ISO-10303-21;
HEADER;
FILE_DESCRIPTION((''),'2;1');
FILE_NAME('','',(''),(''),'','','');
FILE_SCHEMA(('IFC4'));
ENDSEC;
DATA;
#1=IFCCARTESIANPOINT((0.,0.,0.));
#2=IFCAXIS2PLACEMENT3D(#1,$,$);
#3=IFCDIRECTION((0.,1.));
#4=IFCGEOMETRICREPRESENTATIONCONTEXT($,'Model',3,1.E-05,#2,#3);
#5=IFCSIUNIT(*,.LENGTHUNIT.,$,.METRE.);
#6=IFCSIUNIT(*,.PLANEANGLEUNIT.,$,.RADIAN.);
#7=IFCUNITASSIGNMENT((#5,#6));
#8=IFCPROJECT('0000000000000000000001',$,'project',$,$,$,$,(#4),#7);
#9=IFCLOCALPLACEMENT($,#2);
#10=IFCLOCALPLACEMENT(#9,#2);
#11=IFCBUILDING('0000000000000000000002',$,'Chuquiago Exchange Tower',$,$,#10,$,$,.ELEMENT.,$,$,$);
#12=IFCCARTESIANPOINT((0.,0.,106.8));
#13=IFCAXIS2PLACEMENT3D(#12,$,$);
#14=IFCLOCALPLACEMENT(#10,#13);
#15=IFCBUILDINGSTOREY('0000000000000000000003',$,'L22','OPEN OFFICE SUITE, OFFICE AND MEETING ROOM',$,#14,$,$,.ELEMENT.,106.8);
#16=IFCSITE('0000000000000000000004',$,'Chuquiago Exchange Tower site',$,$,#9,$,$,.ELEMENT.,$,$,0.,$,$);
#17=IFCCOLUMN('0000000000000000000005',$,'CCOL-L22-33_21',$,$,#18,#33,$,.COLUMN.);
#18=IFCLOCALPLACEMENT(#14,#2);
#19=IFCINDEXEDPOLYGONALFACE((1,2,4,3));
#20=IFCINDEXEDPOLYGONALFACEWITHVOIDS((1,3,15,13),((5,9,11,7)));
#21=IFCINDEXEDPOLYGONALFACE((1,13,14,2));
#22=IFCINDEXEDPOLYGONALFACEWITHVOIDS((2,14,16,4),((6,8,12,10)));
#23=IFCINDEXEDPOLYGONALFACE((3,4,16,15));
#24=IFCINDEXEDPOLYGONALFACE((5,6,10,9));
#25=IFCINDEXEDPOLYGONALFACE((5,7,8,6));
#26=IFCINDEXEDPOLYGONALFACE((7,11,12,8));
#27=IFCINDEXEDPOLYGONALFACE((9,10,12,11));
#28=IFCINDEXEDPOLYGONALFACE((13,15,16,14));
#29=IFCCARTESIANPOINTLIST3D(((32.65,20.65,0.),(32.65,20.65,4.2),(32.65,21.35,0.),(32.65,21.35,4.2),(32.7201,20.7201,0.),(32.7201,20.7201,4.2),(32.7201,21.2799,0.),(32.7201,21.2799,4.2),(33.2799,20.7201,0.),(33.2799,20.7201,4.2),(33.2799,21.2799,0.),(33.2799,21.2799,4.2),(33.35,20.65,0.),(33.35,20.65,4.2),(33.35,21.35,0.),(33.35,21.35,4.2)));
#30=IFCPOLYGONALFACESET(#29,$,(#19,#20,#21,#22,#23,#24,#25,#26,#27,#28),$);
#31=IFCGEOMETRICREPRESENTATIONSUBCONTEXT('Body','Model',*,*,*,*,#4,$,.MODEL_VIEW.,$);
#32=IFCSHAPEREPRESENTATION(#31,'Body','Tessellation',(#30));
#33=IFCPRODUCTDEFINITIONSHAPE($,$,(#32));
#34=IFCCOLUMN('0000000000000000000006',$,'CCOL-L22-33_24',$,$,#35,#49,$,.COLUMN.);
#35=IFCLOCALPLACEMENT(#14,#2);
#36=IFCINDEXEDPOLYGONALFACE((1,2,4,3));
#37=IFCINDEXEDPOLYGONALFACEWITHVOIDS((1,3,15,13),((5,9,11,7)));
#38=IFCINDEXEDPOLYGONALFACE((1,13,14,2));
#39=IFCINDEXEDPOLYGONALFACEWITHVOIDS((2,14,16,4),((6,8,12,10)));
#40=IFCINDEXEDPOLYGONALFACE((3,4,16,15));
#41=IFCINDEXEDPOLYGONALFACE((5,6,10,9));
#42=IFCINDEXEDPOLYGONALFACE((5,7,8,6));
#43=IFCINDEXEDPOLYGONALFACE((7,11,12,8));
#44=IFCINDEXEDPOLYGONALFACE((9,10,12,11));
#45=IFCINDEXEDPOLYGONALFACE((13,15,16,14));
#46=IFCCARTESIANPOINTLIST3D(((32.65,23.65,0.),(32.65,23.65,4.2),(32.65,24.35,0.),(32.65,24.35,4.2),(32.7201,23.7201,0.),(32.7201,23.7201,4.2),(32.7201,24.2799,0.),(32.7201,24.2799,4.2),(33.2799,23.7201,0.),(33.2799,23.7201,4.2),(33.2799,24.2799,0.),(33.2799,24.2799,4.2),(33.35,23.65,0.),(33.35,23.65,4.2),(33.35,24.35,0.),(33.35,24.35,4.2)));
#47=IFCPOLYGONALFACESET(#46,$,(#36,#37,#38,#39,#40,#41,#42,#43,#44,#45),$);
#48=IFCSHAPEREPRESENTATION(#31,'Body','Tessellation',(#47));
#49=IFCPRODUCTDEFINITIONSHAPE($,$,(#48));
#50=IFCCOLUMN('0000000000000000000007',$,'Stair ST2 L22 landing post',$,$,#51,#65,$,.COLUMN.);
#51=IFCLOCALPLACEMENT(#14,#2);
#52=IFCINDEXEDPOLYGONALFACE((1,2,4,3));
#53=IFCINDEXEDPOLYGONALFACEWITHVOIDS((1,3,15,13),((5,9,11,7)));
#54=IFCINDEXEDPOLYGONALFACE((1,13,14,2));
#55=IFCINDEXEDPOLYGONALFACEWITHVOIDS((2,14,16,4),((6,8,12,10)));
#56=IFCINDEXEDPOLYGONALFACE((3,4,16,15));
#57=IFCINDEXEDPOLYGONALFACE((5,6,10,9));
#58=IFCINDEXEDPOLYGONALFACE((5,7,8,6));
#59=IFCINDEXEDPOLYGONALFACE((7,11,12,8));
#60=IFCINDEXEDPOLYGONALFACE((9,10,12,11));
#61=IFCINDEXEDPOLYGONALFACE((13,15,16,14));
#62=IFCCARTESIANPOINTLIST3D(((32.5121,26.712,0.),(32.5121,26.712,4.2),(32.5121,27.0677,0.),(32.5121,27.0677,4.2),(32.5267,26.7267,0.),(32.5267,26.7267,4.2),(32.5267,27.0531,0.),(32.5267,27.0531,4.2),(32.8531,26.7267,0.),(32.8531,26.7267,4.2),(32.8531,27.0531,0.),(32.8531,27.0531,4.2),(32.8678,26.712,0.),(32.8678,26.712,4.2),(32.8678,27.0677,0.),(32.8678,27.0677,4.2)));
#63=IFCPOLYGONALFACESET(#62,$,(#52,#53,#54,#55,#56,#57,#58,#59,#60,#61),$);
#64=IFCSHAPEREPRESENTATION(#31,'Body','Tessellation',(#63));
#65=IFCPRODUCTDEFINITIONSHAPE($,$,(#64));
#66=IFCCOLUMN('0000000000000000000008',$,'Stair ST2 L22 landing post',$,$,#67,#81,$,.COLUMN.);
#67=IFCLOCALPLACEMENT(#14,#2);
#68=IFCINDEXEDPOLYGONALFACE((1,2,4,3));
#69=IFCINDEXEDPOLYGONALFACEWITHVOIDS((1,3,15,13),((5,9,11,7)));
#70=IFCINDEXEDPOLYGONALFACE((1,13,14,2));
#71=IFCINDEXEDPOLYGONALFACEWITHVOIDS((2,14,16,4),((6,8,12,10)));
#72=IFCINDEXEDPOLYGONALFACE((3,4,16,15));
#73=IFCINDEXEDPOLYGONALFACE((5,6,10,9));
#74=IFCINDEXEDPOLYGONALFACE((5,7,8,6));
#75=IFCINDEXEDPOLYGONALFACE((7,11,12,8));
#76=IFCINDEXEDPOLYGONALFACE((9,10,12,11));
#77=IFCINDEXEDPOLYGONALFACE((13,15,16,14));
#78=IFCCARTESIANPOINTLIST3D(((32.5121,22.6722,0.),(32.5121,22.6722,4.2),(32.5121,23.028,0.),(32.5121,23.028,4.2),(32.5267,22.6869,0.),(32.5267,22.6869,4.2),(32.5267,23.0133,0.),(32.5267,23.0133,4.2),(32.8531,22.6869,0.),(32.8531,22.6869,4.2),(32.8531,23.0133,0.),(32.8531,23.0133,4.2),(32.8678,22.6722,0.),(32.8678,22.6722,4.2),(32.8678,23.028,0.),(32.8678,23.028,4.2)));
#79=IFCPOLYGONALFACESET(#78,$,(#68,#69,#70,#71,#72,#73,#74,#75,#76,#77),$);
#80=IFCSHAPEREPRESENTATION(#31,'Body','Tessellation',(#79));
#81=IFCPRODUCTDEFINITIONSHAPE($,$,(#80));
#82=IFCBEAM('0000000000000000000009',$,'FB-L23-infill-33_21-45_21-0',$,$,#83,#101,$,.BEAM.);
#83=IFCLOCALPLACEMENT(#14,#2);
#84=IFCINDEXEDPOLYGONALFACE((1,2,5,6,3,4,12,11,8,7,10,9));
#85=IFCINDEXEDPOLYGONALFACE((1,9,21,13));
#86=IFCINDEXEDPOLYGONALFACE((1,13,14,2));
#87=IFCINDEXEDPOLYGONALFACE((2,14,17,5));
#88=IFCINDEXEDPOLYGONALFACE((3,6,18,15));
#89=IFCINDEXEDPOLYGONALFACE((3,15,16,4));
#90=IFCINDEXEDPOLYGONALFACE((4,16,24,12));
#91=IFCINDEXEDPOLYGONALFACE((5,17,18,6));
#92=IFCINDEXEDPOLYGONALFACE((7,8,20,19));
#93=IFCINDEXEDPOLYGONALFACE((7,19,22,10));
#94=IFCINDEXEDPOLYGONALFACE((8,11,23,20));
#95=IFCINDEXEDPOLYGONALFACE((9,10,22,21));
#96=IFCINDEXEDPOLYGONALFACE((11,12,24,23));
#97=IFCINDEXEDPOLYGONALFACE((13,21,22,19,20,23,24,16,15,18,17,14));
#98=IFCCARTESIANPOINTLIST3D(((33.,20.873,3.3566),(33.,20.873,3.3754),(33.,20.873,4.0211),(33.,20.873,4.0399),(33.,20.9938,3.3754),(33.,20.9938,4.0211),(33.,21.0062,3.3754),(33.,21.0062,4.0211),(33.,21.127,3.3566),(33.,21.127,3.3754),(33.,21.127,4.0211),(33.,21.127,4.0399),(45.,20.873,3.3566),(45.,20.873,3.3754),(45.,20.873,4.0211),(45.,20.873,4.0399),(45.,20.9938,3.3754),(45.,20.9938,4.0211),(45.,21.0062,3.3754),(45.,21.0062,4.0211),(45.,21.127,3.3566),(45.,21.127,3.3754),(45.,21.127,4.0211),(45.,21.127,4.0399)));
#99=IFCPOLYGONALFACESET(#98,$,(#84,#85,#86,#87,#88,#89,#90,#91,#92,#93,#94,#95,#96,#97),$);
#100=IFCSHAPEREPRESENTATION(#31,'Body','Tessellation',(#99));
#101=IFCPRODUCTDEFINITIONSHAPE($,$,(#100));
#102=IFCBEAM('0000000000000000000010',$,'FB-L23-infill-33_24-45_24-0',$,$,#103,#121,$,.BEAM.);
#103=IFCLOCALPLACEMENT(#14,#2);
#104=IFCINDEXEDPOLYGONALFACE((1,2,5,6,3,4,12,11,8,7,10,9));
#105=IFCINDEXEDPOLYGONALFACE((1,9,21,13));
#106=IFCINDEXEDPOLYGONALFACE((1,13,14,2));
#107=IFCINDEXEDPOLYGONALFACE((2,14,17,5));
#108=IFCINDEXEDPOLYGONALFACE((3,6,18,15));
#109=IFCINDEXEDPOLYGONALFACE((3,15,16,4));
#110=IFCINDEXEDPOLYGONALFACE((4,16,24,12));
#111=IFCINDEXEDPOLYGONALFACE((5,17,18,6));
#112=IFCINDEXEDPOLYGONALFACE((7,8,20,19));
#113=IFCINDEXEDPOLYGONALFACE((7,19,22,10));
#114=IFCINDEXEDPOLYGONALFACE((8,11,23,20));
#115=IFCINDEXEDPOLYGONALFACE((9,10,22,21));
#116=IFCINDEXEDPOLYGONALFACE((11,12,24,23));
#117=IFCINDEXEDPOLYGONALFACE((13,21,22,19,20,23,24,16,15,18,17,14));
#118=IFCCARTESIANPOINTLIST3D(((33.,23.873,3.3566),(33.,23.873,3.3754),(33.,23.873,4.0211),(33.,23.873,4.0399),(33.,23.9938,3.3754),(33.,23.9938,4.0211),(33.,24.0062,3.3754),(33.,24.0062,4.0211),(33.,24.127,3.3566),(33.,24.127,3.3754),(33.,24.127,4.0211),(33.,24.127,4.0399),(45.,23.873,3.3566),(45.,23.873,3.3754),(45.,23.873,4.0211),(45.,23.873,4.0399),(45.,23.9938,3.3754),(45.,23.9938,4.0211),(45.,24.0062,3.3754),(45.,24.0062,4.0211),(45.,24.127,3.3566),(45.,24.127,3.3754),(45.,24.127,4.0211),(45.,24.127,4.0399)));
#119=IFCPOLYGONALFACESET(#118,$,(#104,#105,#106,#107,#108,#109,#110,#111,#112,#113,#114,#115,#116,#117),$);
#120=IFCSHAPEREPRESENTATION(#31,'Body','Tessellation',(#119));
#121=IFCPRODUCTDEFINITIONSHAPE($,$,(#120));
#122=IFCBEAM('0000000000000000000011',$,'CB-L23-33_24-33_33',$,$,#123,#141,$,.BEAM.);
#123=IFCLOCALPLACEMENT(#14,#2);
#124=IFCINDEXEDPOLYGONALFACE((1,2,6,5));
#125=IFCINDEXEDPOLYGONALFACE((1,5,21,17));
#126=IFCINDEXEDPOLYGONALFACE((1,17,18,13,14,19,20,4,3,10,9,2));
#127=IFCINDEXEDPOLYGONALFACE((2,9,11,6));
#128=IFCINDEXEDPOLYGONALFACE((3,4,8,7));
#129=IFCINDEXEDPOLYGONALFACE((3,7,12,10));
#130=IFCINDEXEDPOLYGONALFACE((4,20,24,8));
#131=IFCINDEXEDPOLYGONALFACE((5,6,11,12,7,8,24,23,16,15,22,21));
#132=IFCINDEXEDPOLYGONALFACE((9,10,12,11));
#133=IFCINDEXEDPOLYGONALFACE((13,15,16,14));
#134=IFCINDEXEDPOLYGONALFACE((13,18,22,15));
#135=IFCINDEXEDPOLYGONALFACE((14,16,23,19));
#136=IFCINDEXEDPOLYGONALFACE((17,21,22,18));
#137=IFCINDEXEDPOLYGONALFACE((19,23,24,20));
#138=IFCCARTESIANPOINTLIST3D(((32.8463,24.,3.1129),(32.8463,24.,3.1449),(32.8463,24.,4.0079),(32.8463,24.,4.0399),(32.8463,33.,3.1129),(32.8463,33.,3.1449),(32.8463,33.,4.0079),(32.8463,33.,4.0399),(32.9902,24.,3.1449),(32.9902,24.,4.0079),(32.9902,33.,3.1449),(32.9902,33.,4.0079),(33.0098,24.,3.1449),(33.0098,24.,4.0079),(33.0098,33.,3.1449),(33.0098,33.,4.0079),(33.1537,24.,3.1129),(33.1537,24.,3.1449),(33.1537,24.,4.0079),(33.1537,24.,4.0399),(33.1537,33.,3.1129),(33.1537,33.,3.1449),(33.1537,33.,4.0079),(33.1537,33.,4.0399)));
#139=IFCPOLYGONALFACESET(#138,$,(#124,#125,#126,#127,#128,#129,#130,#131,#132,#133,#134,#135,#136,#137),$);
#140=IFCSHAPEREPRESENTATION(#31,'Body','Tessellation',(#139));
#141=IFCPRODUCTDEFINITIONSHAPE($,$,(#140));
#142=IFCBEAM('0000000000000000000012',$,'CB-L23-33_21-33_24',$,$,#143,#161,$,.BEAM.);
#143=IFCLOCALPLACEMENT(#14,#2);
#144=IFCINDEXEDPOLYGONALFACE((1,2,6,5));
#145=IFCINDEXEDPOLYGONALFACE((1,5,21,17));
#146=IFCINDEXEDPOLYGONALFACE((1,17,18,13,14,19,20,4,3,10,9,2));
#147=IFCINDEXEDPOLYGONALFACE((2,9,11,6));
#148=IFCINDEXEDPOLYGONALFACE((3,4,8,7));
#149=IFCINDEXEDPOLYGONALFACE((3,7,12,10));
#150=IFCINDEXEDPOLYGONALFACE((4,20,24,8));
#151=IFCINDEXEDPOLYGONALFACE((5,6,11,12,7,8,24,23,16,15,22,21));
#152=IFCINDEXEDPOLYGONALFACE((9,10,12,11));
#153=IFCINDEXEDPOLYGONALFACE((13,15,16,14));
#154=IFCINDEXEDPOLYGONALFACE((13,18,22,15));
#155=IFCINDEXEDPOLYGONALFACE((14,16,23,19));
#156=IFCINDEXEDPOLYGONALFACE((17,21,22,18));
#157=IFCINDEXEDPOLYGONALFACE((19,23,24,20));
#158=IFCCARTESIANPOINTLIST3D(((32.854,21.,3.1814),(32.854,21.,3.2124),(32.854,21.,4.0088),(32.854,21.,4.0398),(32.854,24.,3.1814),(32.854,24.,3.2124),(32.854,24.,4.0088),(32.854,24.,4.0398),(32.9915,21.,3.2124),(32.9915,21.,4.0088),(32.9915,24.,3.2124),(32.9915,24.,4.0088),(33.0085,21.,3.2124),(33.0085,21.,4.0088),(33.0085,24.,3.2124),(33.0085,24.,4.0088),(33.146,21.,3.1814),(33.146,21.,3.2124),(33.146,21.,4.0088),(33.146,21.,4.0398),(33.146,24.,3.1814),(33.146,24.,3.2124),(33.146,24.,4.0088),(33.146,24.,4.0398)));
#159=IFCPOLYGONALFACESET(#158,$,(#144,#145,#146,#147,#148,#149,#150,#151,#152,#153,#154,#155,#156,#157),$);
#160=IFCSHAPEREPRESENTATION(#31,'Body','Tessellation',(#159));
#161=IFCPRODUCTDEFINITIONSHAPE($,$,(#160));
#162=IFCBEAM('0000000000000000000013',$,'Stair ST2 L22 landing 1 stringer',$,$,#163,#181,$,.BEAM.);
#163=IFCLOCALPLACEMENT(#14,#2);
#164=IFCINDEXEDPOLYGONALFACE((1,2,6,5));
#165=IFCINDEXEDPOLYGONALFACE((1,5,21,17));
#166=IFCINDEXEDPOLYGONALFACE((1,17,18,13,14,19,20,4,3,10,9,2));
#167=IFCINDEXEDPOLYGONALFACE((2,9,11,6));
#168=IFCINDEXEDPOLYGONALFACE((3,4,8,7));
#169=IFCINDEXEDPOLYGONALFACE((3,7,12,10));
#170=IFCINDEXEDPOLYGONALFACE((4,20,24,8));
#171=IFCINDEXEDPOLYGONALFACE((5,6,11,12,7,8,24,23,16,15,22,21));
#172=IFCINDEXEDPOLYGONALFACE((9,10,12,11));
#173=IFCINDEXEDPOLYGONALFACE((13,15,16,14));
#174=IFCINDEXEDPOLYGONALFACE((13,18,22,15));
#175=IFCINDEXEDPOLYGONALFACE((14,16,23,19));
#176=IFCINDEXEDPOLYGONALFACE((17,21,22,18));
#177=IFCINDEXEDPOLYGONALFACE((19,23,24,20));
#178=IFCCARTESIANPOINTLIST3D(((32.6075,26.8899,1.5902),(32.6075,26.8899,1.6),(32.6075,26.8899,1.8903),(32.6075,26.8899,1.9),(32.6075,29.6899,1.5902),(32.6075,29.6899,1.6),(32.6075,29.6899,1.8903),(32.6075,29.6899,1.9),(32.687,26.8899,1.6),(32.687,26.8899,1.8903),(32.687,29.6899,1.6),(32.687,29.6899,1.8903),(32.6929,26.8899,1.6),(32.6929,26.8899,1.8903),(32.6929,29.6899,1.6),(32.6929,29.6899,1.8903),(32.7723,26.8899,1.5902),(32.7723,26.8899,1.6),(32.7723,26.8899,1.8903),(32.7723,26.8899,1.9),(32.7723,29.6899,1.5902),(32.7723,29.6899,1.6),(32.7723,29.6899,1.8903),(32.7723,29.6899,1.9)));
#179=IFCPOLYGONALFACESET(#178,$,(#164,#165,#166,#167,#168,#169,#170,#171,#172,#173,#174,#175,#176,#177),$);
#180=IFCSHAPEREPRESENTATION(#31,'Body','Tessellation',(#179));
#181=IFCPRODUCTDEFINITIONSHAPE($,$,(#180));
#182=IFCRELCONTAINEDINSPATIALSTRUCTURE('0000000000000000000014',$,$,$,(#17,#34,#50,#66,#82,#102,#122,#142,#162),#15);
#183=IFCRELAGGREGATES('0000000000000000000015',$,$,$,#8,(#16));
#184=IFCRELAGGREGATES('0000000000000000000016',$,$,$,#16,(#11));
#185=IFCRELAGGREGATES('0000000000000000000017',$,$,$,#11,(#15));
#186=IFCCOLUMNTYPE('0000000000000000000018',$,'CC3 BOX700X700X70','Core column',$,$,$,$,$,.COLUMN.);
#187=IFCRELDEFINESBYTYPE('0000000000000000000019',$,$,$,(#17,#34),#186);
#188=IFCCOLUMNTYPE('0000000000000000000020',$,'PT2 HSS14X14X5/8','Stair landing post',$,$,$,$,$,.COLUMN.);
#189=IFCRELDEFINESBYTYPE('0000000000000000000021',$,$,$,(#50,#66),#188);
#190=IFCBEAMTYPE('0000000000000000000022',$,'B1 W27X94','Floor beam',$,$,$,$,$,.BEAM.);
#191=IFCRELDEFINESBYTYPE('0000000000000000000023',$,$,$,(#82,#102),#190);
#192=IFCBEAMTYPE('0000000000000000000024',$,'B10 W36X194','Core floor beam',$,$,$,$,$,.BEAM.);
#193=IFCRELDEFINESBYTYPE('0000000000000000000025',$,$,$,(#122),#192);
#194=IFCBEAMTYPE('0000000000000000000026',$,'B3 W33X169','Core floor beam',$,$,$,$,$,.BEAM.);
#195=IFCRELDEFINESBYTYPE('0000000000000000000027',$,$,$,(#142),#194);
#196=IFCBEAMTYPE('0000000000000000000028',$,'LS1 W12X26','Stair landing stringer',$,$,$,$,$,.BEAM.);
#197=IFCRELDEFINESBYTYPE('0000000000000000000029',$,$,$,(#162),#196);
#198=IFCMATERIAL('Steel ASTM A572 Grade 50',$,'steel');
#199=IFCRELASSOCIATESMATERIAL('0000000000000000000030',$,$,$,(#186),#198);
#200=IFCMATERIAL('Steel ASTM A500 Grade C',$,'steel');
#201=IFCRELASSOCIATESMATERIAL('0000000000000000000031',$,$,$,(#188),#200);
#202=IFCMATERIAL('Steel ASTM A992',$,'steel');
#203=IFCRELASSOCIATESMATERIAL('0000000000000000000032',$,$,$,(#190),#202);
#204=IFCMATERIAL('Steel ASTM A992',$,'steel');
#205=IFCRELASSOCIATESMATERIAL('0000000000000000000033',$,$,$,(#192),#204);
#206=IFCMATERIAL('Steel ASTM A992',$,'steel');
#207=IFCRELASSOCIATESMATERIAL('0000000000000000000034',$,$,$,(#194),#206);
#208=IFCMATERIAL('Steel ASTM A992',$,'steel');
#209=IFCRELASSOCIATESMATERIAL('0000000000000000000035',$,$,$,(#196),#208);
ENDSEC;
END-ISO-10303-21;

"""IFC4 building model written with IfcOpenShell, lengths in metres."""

from ifc_helpers import new_model, si_unit, direction, frame, origin, origin_2d, place, context, subcontext, project, spatial, hollow_rectangle, i_section, extrude, material, material_profile, profile_set, type_object, element, save


model = new_model("IFC4")

# Units and contexts
model_context = context("Model", 3, precision=1e-05, world=origin(), true_north=direction((0.0, 1.0)))
body_context = subcontext(model_context, "Body", "Model", "MODEL_VIEW")
ifc_project = project(units=[si_unit("LENGTHUNIT", "METRE"), si_unit("PLANEANGLEUNIT", "RADIAN")], contexts=[model_context])

# Site, building, storey
site_placement = place(None, origin())
site = spatial("IfcSite", under=ifc_project, at=site_placement, Name="Chuquiago Exchange Tower site", CompositionType="ELEMENT", RefElevation=0.0)
building_placement = place(site_placement, origin())
building = spatial("IfcBuilding", under=site, at=building_placement, Name="Chuquiago Exchange Tower", CompositionType="ELEMENT")
storey_placement = place(building_placement, frame((0.0, 0.0, 106.8)))
storey = spatial("IfcBuildingStorey", under=building, at=storey_placement, Name="L22", Description="OPEN OFFICE SUITE, OFFICE AND MEETING ROOM", CompositionType="ELEMENT", Elevation=106.8)

# Columns
ifc_material_1 = material(Name="Steel ASTM A572 Grade 50", Category="steel")
ifc_material_profile_1 = material_profile(ifc_material_1, hollow_rectangle(XDim=0.7, YDim=0.7, WallThickness=0.0701, at=origin_2d()), Name="BOX700X700X70")
ifc_profile_set_1 = profile_set([ifc_material_profile_1], Name="Steel ASTM A572 Grade 50")
column_type_1 = type_object("IfcColumnType", Name="CC3 BOX700X700X70", Description="Core column", PredefinedType="COLUMN", material=ifc_profile_set_1)
for number, where, z_axis, x_axis, name in (
    (1, (33.0, 21.0, 0.0), (0.0, 0.0, 1.0), (1.0, 0.0, 0.0), "CCOL-L22-33_21"),
    (2, (33.0, 24.0, 0.0), (0.0, 0.0, 1.0), (1.0, 0.0, 0.0), "CCOL-L22-33_24"),
):
    element("IfcColumn", number, at=place(storey_placement, frame(where, z_axis=z_axis, x_axis=x_axis)), inside=storey, type_object=column_type_1, Name=name, PredefinedType="COLUMN", context=body_context, shape_type="SweptSolid", body=[
        extrude(hollow_rectangle(XDim=0.7, YDim=0.7, WallThickness=0.0701, at=origin_2d()), origin(), (0.0, 0.0, 1.0), 4.2),
    ])
ifc_material_2 = material(Name="Steel ASTM A500 Grade C", Category="steel")
ifc_material_profile_2 = material_profile(ifc_material_2, hollow_rectangle(XDim=0.3557, YDim=0.3557, WallThickness=0.0146, at=origin_2d()), Name="HSS14X14X5/8")
ifc_profile_set_2 = profile_set([ifc_material_profile_2], Name="Steel ASTM A500 Grade C")
column_type_2 = type_object("IfcColumnType", Name="PT2 HSS14X14X5/8", Description="Stair landing post", PredefinedType="COLUMN", material=ifc_profile_set_2)
for number, where, z_axis, x_axis, name in (
    (3, (32.6899, 26.8899, 0.0), (0.0, 0.0, 1.0), (1.0, 0.0, 0.0), "Stair ST2 L22 landing post"),
    (4, (32.6899, 22.8501, 0.0), (0.0, 0.0, 1.0), (1.0, 0.0, 0.0), "Stair ST2 L22 landing post"),
):
    element("IfcColumn", number, at=place(storey_placement, frame(where, z_axis=z_axis, x_axis=x_axis)), inside=storey, type_object=column_type_2, Name=name, PredefinedType="COLUMN", context=body_context, shape_type="SweptSolid", body=[
        extrude(hollow_rectangle(XDim=0.3557, YDim=0.3557, WallThickness=0.0146, at=origin_2d()), origin(), (0.0, 0.0, 1.0), 4.2),
    ])

# Beams
ifc_material_3 = material(Name="Steel ASTM A992", Category="steel")
ifc_material_profile_3 = material_profile(ifc_material_3, i_section(OverallWidth=0.2539, OverallDepth=0.6833, WebThickness=0.0125, FlangeThickness=0.0188, at=origin_2d()), Name="W27X94")
ifc_profile_set_3 = profile_set([ifc_material_profile_3], Name="Steel ASTM A992")
beam_type_1 = type_object("IfcBeamType", Name="B1 W27X94", Description="Floor beam", PredefinedType="BEAM", material=ifc_profile_set_3)
for number, where, z_axis, x_axis, name in (
    (5, (33.0, 21.0, 3.6982), (1.0, 0.0, 0.0), (0.0, 1.0, 0.0), "FB-L23-infill-33_21-45_21-0"),
    (6, (33.0, 24.0, 3.6982), (1.0, 0.0, 0.0), (0.0, 1.0, 0.0), "FB-L23-infill-33_24-45_24-0"),
):
    element("IfcBeam", number, at=place(storey_placement, frame(where, z_axis=z_axis, x_axis=x_axis)), inside=storey, type_object=beam_type_1, Name=name, PredefinedType="BEAM", context=body_context, shape_type="SweptSolid", body=[
        extrude(i_section(OverallWidth=0.2539, OverallDepth=0.6833, WebThickness=0.0125, FlangeThickness=0.0188, at=origin_2d()), origin(), (0.0, 0.0, 1.0), 12.0),
    ])
ifc_material_4 = material(Name="Steel ASTM A992", Category="steel")
ifc_material_profile_4 = material_profile(ifc_material_4, i_section(OverallWidth=0.3074, OverallDepth=0.927, WebThickness=0.0195, FlangeThickness=0.032, at=origin_2d()), Name="W36X194")
ifc_profile_set_4 = profile_set([ifc_material_profile_4], Name="Steel ASTM A992")
beam_type_2 = type_object("IfcBeamType", Name="B10 W36X194", Description="Core floor beam", PredefinedType="BEAM", material=ifc_profile_set_4)
beam_1_placement = place(storey_placement, frame((33.0, 24.0, 3.5764), z_axis=(0.0, 1.0, 0.0), x_axis=(-1.0, 0.0, 0.0)))
element("IfcBeam", 7, at=beam_1_placement, inside=storey, type_object=beam_type_2, Name="CB-L23-33_24-33_33", PredefinedType="BEAM", context=body_context, shape_type="SweptSolid", body=[
    extrude(i_section(OverallWidth=0.3074, OverallDepth=0.927, WebThickness=0.0195, FlangeThickness=0.032, at=origin_2d()), origin(), (0.0, 0.0, 1.0), 9.0),
])
ifc_material_5 = material(Name="Steel ASTM A992", Category="steel")
ifc_material_profile_5 = material_profile(ifc_material_5, i_section(OverallWidth=0.292, OverallDepth=0.8584, WebThickness=0.0171, FlangeThickness=0.031, at=origin_2d()), Name="W33X169")
ifc_profile_set_5 = profile_set([ifc_material_profile_5], Name="Steel ASTM A992")
beam_type_3 = type_object("IfcBeamType", Name="B3 W33X169", Description="Core floor beam", PredefinedType="BEAM", material=ifc_profile_set_5)
beam_2_placement = place(storey_placement, frame((33.0, 21.0, 3.6106), z_axis=(0.0, 1.0, 0.0), x_axis=(-1.0, 0.0, 0.0)))
element("IfcBeam", 8, at=beam_2_placement, inside=storey, type_object=beam_type_3, Name="CB-L23-33_21-33_24", PredefinedType="BEAM", context=body_context, shape_type="SweptSolid", body=[
    extrude(i_section(OverallWidth=0.292, OverallDepth=0.8584, WebThickness=0.0171, FlangeThickness=0.031, at=origin_2d()), origin(), (0.0, 0.0, 1.0), 3.0),
])
ifc_material_6 = material(Name="Steel ASTM A992", Category="steel")
ifc_material_profile_6 = material_profile(ifc_material_6, i_section(OverallWidth=0.1648, OverallDepth=0.3098, WebThickness=0.0059, FlangeThickness=0.0098, at=origin_2d()), Name="W12X26")
ifc_profile_set_6 = profile_set([ifc_material_profile_6], Name="Steel ASTM A992")
beam_type_4 = type_object("IfcBeamType", Name="LS1 W12X26", Description="Stair landing stringer", PredefinedType="BEAM", material=ifc_profile_set_6)
beam_3_placement = place(storey_placement, frame((32.6899, 26.8899, 1.7451), z_axis=(0.0, 1.0, 0.0), x_axis=(-1.0, 0.0, 0.0)))
element("IfcBeam", 9, at=beam_3_placement, inside=storey, type_object=beam_type_4, Name="Stair ST2 L22 landing 1 stringer", PredefinedType="BEAM", context=body_context, shape_type="SweptSolid", body=[
    extrude(i_section(OverallWidth=0.1648, OverallDepth=0.3098, WebThickness=0.0059, FlangeThickness=0.0098, at=origin_2d()), origin(), (0.0, 0.0, 1.0), 2.8),
])

save(model, "model.ifc")
